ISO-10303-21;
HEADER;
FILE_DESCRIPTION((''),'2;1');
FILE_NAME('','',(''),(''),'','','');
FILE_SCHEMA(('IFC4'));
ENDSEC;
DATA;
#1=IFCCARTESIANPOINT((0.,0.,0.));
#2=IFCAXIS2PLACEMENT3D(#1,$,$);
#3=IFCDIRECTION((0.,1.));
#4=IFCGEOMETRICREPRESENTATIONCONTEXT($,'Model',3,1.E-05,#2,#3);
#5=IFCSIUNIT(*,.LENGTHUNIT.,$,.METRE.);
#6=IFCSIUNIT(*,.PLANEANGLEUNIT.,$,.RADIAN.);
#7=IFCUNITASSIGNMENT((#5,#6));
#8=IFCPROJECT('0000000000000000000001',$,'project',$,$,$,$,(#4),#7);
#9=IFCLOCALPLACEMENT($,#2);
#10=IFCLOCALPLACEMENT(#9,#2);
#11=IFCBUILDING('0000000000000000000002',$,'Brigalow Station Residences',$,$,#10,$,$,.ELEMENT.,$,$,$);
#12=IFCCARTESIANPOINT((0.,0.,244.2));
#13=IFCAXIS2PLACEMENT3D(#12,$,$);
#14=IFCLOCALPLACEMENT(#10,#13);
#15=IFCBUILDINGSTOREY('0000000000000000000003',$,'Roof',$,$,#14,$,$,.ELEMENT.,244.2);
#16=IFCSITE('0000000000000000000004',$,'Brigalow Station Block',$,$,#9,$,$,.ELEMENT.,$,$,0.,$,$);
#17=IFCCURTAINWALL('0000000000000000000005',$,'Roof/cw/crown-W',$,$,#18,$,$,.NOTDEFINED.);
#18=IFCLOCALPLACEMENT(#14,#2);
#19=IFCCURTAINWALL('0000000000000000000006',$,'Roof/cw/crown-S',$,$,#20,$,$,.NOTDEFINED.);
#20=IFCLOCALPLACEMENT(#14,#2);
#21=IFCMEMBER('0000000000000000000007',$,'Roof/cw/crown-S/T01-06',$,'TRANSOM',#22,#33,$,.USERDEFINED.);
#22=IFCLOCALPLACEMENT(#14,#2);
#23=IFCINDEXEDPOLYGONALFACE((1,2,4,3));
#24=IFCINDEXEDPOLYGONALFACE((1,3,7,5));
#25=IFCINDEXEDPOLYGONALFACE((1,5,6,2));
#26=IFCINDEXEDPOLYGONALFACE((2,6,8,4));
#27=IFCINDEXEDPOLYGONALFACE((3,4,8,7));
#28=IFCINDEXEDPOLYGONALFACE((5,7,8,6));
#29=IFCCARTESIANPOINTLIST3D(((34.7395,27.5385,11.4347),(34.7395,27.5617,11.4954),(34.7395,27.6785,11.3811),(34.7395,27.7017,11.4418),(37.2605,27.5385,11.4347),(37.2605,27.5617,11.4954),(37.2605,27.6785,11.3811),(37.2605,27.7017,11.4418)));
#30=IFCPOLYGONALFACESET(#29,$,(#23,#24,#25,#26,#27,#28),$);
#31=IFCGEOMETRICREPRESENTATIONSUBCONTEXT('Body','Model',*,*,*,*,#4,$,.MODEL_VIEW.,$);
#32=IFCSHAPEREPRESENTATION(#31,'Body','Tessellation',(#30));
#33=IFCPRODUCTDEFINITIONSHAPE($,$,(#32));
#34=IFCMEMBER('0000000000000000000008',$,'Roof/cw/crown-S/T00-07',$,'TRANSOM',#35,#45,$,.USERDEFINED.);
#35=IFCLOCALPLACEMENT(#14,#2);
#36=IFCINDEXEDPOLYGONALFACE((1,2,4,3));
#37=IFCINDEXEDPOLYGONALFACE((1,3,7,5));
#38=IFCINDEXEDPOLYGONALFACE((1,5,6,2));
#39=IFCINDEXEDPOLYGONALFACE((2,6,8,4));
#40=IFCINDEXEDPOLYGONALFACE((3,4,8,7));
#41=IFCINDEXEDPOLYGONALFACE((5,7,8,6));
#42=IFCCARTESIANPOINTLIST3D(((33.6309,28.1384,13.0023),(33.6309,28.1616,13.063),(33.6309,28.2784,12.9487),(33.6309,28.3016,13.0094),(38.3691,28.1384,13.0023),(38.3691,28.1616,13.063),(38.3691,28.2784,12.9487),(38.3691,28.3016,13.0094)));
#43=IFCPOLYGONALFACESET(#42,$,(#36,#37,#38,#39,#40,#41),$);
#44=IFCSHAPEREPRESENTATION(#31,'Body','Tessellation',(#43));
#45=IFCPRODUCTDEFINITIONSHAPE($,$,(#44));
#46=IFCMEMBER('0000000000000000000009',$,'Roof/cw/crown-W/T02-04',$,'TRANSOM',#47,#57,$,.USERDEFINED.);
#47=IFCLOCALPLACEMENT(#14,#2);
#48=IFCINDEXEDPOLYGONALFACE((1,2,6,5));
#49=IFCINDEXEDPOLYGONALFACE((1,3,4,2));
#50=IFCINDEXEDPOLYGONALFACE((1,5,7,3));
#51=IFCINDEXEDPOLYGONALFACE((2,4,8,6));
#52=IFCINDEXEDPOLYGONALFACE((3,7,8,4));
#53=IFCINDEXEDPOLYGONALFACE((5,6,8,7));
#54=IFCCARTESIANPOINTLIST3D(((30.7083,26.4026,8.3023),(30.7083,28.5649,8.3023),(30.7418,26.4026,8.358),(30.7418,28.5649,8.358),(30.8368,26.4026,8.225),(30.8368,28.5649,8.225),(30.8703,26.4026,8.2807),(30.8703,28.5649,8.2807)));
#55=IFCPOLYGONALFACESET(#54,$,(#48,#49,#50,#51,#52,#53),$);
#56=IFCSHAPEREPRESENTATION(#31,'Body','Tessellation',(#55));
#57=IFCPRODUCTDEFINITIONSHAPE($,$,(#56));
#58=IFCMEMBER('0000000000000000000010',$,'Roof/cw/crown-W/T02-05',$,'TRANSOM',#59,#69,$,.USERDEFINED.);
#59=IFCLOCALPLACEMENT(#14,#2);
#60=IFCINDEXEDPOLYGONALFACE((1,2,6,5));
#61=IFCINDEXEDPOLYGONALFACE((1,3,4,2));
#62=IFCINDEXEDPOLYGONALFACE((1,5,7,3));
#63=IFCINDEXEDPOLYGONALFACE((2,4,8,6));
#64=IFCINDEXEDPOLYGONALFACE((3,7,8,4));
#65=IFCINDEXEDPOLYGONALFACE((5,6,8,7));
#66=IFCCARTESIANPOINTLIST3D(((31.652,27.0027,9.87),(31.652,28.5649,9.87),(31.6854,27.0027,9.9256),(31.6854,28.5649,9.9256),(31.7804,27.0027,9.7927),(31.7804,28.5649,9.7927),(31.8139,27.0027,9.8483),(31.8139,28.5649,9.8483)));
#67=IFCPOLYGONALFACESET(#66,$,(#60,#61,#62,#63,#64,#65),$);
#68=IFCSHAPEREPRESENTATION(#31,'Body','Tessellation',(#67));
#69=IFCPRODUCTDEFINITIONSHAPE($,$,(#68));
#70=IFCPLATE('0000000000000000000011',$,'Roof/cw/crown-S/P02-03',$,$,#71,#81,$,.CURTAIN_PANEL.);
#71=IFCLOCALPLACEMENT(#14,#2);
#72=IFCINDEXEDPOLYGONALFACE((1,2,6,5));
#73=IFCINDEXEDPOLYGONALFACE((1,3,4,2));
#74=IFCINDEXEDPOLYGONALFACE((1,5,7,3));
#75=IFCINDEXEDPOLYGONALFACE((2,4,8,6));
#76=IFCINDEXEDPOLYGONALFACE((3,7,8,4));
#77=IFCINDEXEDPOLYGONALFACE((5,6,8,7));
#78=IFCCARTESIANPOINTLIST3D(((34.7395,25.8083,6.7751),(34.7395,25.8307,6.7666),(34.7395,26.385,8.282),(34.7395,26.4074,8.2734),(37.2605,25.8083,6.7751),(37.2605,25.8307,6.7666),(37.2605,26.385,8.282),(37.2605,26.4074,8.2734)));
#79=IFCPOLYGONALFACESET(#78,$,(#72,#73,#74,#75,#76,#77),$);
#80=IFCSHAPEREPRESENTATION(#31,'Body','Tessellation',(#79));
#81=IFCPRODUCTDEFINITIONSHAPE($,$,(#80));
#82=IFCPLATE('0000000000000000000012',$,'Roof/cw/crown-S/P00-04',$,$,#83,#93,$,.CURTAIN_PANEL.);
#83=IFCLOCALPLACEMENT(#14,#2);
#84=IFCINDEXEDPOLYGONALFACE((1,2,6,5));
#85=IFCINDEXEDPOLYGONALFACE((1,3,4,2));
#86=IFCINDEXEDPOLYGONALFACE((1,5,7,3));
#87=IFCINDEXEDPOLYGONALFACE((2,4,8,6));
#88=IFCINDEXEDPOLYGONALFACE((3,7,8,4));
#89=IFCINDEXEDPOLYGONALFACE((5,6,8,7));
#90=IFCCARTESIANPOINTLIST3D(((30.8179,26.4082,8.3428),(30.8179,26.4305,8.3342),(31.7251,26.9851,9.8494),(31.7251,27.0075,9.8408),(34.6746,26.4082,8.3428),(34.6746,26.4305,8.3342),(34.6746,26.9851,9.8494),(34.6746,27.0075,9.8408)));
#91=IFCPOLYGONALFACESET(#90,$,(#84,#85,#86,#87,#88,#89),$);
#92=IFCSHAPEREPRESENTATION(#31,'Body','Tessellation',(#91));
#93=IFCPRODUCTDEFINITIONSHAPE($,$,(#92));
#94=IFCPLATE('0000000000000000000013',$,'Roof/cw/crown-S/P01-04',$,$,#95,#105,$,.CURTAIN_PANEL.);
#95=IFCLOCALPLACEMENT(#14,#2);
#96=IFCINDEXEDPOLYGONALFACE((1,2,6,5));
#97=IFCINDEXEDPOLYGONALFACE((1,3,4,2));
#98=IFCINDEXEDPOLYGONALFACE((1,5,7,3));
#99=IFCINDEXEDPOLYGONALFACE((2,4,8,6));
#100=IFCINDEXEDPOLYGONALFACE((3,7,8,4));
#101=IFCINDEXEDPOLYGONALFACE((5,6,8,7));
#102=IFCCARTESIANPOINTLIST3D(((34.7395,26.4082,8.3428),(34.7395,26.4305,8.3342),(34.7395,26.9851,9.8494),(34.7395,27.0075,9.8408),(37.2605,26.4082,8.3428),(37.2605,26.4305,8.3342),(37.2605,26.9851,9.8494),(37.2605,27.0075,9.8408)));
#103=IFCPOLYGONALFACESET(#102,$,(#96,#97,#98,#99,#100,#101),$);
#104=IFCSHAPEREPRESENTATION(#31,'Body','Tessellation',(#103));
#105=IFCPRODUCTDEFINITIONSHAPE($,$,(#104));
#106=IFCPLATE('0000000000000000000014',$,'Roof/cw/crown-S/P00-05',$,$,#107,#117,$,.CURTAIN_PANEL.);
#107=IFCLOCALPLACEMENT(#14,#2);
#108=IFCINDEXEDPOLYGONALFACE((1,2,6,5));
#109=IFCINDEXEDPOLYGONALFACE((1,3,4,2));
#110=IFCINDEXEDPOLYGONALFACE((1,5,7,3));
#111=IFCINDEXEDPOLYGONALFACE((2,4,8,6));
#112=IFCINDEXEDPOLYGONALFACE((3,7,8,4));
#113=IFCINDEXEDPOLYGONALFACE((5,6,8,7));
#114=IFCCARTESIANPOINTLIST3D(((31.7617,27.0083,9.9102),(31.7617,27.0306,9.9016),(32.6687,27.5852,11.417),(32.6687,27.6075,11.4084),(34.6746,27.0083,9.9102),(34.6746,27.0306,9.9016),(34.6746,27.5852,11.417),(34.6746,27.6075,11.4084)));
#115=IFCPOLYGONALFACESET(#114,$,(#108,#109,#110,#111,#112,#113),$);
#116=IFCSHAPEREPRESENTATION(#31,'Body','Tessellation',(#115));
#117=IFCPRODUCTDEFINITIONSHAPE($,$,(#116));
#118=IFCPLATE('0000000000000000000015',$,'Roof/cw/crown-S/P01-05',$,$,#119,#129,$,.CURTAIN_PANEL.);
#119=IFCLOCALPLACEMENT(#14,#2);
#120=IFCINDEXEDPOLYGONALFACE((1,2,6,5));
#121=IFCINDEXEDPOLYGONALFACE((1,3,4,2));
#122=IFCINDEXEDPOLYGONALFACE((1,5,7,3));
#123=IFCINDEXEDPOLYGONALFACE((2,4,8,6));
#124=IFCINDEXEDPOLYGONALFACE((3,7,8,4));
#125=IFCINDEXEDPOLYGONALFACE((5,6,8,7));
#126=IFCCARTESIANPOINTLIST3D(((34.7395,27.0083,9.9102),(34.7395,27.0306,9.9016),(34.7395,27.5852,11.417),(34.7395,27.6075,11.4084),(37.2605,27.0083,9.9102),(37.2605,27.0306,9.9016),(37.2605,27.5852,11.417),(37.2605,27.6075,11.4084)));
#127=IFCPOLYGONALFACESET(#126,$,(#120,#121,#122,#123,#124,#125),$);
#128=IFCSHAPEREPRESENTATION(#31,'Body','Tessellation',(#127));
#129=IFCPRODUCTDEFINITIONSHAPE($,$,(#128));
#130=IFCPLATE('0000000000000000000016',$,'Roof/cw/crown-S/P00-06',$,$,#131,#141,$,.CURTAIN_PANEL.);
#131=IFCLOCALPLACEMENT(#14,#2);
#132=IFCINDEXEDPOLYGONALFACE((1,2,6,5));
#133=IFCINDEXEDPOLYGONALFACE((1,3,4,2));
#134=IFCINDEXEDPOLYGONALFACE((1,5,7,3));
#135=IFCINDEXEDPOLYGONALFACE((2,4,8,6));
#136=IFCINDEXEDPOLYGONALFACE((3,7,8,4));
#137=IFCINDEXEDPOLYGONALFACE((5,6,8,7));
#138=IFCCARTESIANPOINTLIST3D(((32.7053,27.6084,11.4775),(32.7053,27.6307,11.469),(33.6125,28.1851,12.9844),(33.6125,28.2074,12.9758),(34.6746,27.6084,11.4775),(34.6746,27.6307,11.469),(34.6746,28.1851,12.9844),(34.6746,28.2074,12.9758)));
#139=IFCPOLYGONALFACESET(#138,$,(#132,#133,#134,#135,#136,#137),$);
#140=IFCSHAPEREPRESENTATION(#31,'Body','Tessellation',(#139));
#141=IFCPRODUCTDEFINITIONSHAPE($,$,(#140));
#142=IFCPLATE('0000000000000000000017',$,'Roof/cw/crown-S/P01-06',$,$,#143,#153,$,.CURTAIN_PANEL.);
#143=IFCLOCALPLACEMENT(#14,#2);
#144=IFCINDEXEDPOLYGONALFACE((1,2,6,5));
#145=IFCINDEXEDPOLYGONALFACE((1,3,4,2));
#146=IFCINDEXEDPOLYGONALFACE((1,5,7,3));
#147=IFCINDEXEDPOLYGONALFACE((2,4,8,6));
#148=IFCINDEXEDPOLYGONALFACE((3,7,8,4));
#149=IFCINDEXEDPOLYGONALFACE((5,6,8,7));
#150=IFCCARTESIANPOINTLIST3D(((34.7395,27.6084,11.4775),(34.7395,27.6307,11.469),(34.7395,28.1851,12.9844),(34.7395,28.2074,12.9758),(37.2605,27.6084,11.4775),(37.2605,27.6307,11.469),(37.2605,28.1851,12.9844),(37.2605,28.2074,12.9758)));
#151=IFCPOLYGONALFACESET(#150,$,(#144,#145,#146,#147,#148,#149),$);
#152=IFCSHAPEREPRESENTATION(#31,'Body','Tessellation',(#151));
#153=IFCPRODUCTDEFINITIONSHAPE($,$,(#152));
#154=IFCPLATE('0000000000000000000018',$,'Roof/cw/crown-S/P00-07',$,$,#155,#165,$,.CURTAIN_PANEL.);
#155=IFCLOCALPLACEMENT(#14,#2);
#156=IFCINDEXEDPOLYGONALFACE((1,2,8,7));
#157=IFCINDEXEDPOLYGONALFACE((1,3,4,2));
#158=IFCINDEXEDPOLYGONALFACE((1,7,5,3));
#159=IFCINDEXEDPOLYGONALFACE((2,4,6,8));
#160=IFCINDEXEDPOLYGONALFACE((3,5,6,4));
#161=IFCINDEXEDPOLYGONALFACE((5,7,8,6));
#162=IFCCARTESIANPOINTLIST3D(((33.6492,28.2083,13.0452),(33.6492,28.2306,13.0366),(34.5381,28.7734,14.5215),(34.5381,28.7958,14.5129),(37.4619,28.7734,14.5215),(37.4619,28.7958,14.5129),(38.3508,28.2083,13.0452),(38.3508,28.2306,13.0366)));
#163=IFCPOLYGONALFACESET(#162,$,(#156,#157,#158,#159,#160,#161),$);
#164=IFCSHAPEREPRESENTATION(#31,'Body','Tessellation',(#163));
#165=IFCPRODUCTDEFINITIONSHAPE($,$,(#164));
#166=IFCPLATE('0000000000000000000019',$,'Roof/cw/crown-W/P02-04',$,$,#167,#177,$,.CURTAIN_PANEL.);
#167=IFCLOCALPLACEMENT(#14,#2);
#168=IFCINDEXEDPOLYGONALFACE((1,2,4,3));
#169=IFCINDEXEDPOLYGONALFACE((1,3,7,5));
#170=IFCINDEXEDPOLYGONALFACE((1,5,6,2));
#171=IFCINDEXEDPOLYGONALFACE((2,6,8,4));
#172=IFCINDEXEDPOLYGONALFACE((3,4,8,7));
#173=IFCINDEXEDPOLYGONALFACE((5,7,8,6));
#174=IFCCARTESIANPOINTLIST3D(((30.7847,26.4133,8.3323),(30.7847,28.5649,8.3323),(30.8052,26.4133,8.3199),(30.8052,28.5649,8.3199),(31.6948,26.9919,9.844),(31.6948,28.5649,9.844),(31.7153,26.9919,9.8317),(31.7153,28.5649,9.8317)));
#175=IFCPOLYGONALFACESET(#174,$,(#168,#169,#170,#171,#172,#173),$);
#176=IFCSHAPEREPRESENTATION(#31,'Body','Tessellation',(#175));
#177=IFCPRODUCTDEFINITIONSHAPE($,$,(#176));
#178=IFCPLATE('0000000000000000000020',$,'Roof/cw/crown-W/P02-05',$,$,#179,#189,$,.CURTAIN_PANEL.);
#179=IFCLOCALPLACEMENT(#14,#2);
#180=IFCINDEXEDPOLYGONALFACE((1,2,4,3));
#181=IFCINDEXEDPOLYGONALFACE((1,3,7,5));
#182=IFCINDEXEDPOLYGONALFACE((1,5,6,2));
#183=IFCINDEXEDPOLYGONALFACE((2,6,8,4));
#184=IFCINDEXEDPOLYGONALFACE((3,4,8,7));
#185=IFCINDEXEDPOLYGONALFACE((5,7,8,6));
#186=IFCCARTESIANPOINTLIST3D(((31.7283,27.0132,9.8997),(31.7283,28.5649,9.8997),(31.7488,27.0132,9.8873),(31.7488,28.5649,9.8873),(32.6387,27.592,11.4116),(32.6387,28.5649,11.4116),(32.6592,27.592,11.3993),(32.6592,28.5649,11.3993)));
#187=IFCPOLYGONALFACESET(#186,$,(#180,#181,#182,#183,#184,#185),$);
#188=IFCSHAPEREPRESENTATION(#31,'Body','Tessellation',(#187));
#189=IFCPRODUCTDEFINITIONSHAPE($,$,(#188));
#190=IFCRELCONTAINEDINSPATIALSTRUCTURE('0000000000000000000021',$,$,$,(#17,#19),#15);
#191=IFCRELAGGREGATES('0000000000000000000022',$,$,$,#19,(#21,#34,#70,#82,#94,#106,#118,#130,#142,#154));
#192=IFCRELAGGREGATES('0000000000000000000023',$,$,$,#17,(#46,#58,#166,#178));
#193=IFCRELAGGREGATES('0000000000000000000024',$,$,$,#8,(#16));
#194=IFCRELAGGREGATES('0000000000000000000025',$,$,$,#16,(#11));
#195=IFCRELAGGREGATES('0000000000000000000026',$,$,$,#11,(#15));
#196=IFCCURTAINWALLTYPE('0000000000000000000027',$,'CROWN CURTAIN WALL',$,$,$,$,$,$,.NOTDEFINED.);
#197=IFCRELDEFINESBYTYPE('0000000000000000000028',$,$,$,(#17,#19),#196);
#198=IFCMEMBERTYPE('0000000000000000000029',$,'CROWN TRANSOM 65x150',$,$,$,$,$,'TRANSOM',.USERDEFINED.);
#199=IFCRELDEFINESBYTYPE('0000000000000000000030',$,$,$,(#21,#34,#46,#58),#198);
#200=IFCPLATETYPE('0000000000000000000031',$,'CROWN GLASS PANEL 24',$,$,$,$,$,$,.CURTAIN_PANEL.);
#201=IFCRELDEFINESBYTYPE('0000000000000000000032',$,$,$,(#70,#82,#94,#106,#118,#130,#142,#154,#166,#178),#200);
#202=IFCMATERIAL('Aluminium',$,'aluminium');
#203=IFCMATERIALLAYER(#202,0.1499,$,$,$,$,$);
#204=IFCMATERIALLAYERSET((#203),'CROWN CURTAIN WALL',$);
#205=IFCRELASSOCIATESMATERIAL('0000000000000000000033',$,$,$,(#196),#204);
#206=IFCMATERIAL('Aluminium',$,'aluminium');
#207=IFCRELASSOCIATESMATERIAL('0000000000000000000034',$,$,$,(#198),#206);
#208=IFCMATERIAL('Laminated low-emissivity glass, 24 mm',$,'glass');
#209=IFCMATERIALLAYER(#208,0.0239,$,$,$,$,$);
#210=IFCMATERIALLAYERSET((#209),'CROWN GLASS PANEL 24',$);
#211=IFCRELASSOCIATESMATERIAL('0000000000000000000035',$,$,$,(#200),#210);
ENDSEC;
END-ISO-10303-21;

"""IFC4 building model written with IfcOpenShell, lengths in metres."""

from ifc_helpers import new_model, si_unit, direction, frame, origin, origin_2d, place, context, subcontext, project, spatial, polyline, rectangle, outline, extrude, material, layer, layer_set, material_profile, profile_set, type_object, element, aggregate, save


model = new_model("IFC4")

# Units and contexts
model_context = context("Model", 3, precision=1e-05, world=origin(), true_north=direction((0.0, 1.0)))
body_context = subcontext(model_context, "Body", "Model", "MODEL_VIEW")
ifc_project = project(units=[si_unit("LENGTHUNIT", "METRE"), si_unit("PLANEANGLEUNIT", "RADIAN")], contexts=[model_context])

# Site, building, storey
site_placement = place(None, origin())
site = spatial("IfcSite", under=ifc_project, at=site_placement, Name="Brigalow Station Block", CompositionType="ELEMENT", RefElevation=0.0)
building_placement = place(site_placement, origin())
building = spatial("IfcBuilding", under=site, at=building_placement, Name="Brigalow Station Residences", CompositionType="ELEMENT")
storey_placement = place(building_placement, frame((0.0, 0.0, 244.2)))
storey = spatial("IfcBuildingStorey", under=building, at=storey_placement, Name="Roof", CompositionType="ELEMENT", Elevation=244.2)

# Curtain wall
ifc_material_1 = material(Name="Aluminium", Category="aluminium")
ifc_layer_1 = layer(ifc_material_1, 0.1499)
ifc_layer_set_1 = layer_set([ifc_layer_1], Name="CROWN CURTAIN WALL")
curtain_wall_type = type_object("IfcCurtainWallType", Name="CROWN CURTAIN WALL", PredefinedType="NOTDEFINED", material=ifc_layer_set_1)
curtain_wall_1_placement = place(storey_placement, origin())
curtain_wall_1 = element("IfcCurtainWall", 1, at=curtain_wall_1_placement, inside=storey, type_object=curtain_wall_type, Name="Roof/cw/crown-W", PredefinedType="NOTDEFINED")

# Curtain wall, members
curtain_wall_2_placement = place(storey_placement, origin())
curtain_wall_2 = element("IfcCurtainWall", 2, at=curtain_wall_2_placement, inside=storey, type_object=curtain_wall_type, Name="Roof/cw/crown-S", PredefinedType="NOTDEFINED")
ifc_material_2 = material(Name="Aluminium", Category="aluminium")
ifc_material_profile_1 = material_profile(ifc_material_2, rectangle(XDim=0.0649, YDim=0.1499, at=origin_2d()), Name="CROWN TRANSOM 65x150")
ifc_profile_set_1 = profile_set([ifc_material_profile_1], Name="Aluminium")
member_type_1 = type_object("IfcMemberType", Name="CROWN TRANSOM 65x150", ElementType="TRANSOM", PredefinedType="USERDEFINED", material=ifc_profile_set_1)
member_1_placement = place(storey_placement, frame((34.7395, 27.6201, 11.4382), z_axis=(1.0, 0.0, 0.0), x_axis=(0.0, 0.357491, 0.933917)))
member_1 = element("IfcMember", 3, at=member_1_placement, type_object=member_type_1, Name="Roof/cw/crown-S/T01-06", ObjectType="TRANSOM", PredefinedType="USERDEFINED", context=body_context, shape_type="SweptSolid", body=[
    extrude(rectangle(XDim=0.0649, YDim=0.1499, at=origin_2d()), origin(), (0.0, 0.0, 1.0), 2.521),
])
member_2_placement = place(storey_placement, frame((33.6309, 28.22, 13.0059), z_axis=(1.0, 0.0, 0.0), x_axis=(0.0, 0.357491, 0.933917)))
member_2 = element("IfcMember", 4, at=member_2_placement, type_object=member_type_1, Name="Roof/cw/crown-S/T00-07", ObjectType="TRANSOM", PredefinedType="USERDEFINED", context=body_context, shape_type="SweptSolid", body=[
    extrude(rectangle(XDim=0.0649, YDim=0.1499, at=origin_2d()), origin(), (0.0, 0.0, 1.0), 4.7383),
])

# Members
member_3_placement = place(storey_placement, frame((30.7893, 28.5649, 8.2915), z_axis=(0.0, -1.0, 0.0), x_axis=(0.515813, 0.0, 0.856701)))
member_3 = element("IfcMember", 5, at=member_3_placement, type_object=member_type_1, Name="Roof/cw/crown-W/T02-04", ObjectType="TRANSOM", PredefinedType="USERDEFINED", context=body_context, shape_type="SweptSolid", body=[
    extrude(rectangle(XDim=0.0649, YDim=0.1499, at=origin_2d()), origin(), (0.0, 0.0, 1.0), 2.1624),
])
member_4_placement = place(storey_placement, frame((31.7329, 28.5649, 9.8591), z_axis=(0.0, -1.0, 0.0), x_axis=(0.515813, 0.0, 0.856701)))
member_4 = element("IfcMember", 6, at=member_4_placement, type_object=member_type_1, Name="Roof/cw/crown-W/T02-05", ObjectType="TRANSOM", PredefinedType="USERDEFINED", context=body_context, shape_type="SweptSolid", body=[
    extrude(rectangle(XDim=0.0649, YDim=0.1499, at=origin_2d()), origin(), (0.0, 0.0, 1.0), 1.5623),
])

# Plates
ifc_material_3 = material(Name="Laminated low-emissivity glass, 24 mm", Category="glass")
ifc_layer_2 = layer(ifc_material_3, 0.0239)
ifc_layer_set_2 = layer_set([ifc_layer_2], Name="CROWN GLASS PANEL 24")
plate_type_1 = type_object("IfcPlateType", Name="CROWN GLASS PANEL 24", PredefinedType="CURTAIN_PANEL", material=ifc_layer_set_2)
plate_1_placement = place(storey_placement, frame((34.7395, 25.8083, 6.7751), z_axis=(0.0, -0.933945, 0.357417), x_axis=(1.0, 0.0, 0.0)))
plate_1 = element("IfcPlate", 7, at=plate_1_placement, type_object=plate_type_1, Name="Roof/cw/crown-S/P02-03", PredefinedType="CURTAIN_PANEL", context=body_context, shape_type="SweptSolid", body=[
    extrude(outline(polyline([(0.0, 0.0), (2.521, 0.0), (2.521, 1.6134), (0.0, 1.6134), (0.0, 0.0)])), origin(), (0.0, 0.0, -1.0), 0.0239),
])
plate_2_placement = place(storey_placement, frame((30.8179, 26.4082, 8.3428), z_axis=(0.0, -0.933875, 0.3576), x_axis=(1.0, 0.0, 0.0)))
plate_2 = element("IfcPlate", 8, at=plate_2_placement, type_object=plate_type_1, Name="Roof/cw/crown-S/P00-04", PredefinedType="CURTAIN_PANEL", context=body_context, shape_type="SweptSolid", body=[
    extrude(outline(polyline([(0.0, 0.0), (3.8567, 0.0), (3.8567, 1.6133), (0.9072, 1.6133), (0.0, 0.0)])), origin(), (0.0, 0.0, -1.0), 0.0239),
])
plate_3_placement = place(storey_placement, frame((34.7395, 26.4082, 8.3428), z_axis=(0.0, -0.933875, 0.3576), x_axis=(1.0, 0.0, 0.0)))
plate_3 = element("IfcPlate", 9, at=plate_3_placement, type_object=plate_type_1, Name="Roof/cw/crown-S/P01-04", PredefinedType="CURTAIN_PANEL", context=body_context, shape_type="SweptSolid", body=[
    extrude(outline(polyline([(0.0, 0.0), (2.521, 0.0), (2.521, 1.6133), (0.0, 1.6133), (0.0, 0.0)])), origin(), (0.0, 0.0, -1.0), 0.0239),
])
plate_4_placement = place(storey_placement, frame((31.7617, 27.0083, 9.9102), z_axis=(0.0, -0.933894, 0.357549), x_axis=(1.0, 0.0, 0.0)))
plate_4 = element("IfcPlate", 10, at=plate_4_placement, type_object=plate_type_1, Name="Roof/cw/crown-S/P00-05", PredefinedType="CURTAIN_PANEL", context=body_context, shape_type="SweptSolid", body=[
    extrude(outline(polyline([(0.0, 0.0), (2.9128, 0.0), (2.9128, 1.6135), (0.907, 1.6135), (0.0, 0.0)])), origin(), (0.0, 0.0, -1.0), 0.0239),
])
plate_5_placement = place(storey_placement, frame((34.7395, 27.0083, 9.9102), z_axis=(0.0, -0.933894, 0.357549), x_axis=(1.0, 0.0, 0.0)))
plate_5 = element("IfcPlate", 11, at=plate_5_placement, type_object=plate_type_1, Name="Roof/cw/crown-S/P01-05", PredefinedType="CURTAIN_PANEL", context=body_context, shape_type="SweptSolid", body=[
    extrude(outline(polyline([(0.0, 0.0), (2.521, 0.0), (2.521, 1.6135), (0.0, 1.6135), (0.0, 0.0)])), origin(), (0.0, 0.0, -1.0), 0.0239),
])
plate_6_placement = place(storey_placement, frame((32.7053, 27.6084, 11.4775), z_axis=(0.0, -0.933945, 0.357417), x_axis=(1.0, 0.0, 0.0)))
plate_6 = element("IfcPlate", 12, at=plate_6_placement, type_object=plate_type_1, Name="Roof/cw/crown-S/P00-06", PredefinedType="CURTAIN_PANEL", context=body_context, shape_type="SweptSolid", body=[
    extrude(outline(polyline([(0.0, 0.0), (1.9692, 0.0), (1.9692, 1.6134), (0.9072, 1.6134), (0.0, 0.0)])), origin(), (0.0, 0.0, -1.0), 0.0239),
])
plate_7_placement = place(storey_placement, frame((34.7395, 27.6084, 11.4775), z_axis=(0.0, -0.933945, 0.357417), x_axis=(1.0, 0.0, 0.0)))
plate_7 = element("IfcPlate", 13, at=plate_7_placement, type_object=plate_type_1, Name="Roof/cw/crown-S/P01-06", PredefinedType="CURTAIN_PANEL", context=body_context, shape_type="SweptSolid", body=[
    extrude(outline(polyline([(0.0, 0.0), (2.521, 0.0), (2.521, 1.6134), (0.0, 1.6134), (0.0, 0.0)])), origin(), (0.0, 0.0, -1.0), 0.0239),
])
plate_8_placement = place(storey_placement, frame((33.6492, 28.2083, 13.0452), z_axis=(0.0, -0.933902, 0.35753), x_axis=(1.0, 0.0, 0.0)))
plate_8 = element("IfcPlate", 14, at=plate_8_placement, type_object=plate_type_1, Name="Roof/cw/crown-S/P00-07", PredefinedType="CURTAIN_PANEL", context=body_context, shape_type="SweptSolid", body=[
    extrude(outline(polyline([(0.0, 0.0), (4.7017, 0.0), (3.8127, 1.5808), (0.8889, 1.5808), (0.0, 0.0)])), origin(), (0.0, 0.0, -1.0), 0.0239),
])
aggregate(curtain_wall_2, [member_1, member_2, plate_1, plate_2, plate_3, plate_4, plate_5, plate_6, plate_7, plate_8])
plate_9_placement = place(storey_placement, frame((30.7847, 28.5649, 8.3323), z_axis=(-0.856711, 0.0, 0.515797), x_axis=(0.0, -1.0, 0.0)))
plate_9 = element("IfcPlate", 15, at=plate_9_placement, type_object=plate_type_1, Name="Roof/cw/crown-W/P02-04", PredefinedType="CURTAIN_PANEL", context=body_context, shape_type="SweptSolid", body=[
    extrude(outline(polyline([(0.0, 0.0), (2.1516, 0.0), (1.573, 1.7646), (0.0, 1.7646), (0.0, 0.0)])), origin(), (0.0, 0.0, -1.0), 0.0239),
])
plate_10_placement = place(storey_placement, frame((31.7283, 28.5649, 9.8997), z_axis=(-0.856686, 0.0, 0.515838), x_axis=(0.0, -1.0, 0.0)))
plate_10 = element("IfcPlate", 16, at=plate_10_placement, type_object=plate_type_1, Name="Roof/cw/crown-W/P02-05", PredefinedType="CURTAIN_PANEL", context=body_context, shape_type="SweptSolid", body=[
    extrude(outline(polyline([(0.0, 0.0), (1.5518, 0.0), (0.9729, 1.7649), (0.0, 1.7649), (0.0, 0.0)])), origin(), (0.0, 0.0, -1.0), 0.0239),
])
aggregate(curtain_wall_1, [member_3, member_4, plate_9, plate_10])

save(model, "model.ifc")
